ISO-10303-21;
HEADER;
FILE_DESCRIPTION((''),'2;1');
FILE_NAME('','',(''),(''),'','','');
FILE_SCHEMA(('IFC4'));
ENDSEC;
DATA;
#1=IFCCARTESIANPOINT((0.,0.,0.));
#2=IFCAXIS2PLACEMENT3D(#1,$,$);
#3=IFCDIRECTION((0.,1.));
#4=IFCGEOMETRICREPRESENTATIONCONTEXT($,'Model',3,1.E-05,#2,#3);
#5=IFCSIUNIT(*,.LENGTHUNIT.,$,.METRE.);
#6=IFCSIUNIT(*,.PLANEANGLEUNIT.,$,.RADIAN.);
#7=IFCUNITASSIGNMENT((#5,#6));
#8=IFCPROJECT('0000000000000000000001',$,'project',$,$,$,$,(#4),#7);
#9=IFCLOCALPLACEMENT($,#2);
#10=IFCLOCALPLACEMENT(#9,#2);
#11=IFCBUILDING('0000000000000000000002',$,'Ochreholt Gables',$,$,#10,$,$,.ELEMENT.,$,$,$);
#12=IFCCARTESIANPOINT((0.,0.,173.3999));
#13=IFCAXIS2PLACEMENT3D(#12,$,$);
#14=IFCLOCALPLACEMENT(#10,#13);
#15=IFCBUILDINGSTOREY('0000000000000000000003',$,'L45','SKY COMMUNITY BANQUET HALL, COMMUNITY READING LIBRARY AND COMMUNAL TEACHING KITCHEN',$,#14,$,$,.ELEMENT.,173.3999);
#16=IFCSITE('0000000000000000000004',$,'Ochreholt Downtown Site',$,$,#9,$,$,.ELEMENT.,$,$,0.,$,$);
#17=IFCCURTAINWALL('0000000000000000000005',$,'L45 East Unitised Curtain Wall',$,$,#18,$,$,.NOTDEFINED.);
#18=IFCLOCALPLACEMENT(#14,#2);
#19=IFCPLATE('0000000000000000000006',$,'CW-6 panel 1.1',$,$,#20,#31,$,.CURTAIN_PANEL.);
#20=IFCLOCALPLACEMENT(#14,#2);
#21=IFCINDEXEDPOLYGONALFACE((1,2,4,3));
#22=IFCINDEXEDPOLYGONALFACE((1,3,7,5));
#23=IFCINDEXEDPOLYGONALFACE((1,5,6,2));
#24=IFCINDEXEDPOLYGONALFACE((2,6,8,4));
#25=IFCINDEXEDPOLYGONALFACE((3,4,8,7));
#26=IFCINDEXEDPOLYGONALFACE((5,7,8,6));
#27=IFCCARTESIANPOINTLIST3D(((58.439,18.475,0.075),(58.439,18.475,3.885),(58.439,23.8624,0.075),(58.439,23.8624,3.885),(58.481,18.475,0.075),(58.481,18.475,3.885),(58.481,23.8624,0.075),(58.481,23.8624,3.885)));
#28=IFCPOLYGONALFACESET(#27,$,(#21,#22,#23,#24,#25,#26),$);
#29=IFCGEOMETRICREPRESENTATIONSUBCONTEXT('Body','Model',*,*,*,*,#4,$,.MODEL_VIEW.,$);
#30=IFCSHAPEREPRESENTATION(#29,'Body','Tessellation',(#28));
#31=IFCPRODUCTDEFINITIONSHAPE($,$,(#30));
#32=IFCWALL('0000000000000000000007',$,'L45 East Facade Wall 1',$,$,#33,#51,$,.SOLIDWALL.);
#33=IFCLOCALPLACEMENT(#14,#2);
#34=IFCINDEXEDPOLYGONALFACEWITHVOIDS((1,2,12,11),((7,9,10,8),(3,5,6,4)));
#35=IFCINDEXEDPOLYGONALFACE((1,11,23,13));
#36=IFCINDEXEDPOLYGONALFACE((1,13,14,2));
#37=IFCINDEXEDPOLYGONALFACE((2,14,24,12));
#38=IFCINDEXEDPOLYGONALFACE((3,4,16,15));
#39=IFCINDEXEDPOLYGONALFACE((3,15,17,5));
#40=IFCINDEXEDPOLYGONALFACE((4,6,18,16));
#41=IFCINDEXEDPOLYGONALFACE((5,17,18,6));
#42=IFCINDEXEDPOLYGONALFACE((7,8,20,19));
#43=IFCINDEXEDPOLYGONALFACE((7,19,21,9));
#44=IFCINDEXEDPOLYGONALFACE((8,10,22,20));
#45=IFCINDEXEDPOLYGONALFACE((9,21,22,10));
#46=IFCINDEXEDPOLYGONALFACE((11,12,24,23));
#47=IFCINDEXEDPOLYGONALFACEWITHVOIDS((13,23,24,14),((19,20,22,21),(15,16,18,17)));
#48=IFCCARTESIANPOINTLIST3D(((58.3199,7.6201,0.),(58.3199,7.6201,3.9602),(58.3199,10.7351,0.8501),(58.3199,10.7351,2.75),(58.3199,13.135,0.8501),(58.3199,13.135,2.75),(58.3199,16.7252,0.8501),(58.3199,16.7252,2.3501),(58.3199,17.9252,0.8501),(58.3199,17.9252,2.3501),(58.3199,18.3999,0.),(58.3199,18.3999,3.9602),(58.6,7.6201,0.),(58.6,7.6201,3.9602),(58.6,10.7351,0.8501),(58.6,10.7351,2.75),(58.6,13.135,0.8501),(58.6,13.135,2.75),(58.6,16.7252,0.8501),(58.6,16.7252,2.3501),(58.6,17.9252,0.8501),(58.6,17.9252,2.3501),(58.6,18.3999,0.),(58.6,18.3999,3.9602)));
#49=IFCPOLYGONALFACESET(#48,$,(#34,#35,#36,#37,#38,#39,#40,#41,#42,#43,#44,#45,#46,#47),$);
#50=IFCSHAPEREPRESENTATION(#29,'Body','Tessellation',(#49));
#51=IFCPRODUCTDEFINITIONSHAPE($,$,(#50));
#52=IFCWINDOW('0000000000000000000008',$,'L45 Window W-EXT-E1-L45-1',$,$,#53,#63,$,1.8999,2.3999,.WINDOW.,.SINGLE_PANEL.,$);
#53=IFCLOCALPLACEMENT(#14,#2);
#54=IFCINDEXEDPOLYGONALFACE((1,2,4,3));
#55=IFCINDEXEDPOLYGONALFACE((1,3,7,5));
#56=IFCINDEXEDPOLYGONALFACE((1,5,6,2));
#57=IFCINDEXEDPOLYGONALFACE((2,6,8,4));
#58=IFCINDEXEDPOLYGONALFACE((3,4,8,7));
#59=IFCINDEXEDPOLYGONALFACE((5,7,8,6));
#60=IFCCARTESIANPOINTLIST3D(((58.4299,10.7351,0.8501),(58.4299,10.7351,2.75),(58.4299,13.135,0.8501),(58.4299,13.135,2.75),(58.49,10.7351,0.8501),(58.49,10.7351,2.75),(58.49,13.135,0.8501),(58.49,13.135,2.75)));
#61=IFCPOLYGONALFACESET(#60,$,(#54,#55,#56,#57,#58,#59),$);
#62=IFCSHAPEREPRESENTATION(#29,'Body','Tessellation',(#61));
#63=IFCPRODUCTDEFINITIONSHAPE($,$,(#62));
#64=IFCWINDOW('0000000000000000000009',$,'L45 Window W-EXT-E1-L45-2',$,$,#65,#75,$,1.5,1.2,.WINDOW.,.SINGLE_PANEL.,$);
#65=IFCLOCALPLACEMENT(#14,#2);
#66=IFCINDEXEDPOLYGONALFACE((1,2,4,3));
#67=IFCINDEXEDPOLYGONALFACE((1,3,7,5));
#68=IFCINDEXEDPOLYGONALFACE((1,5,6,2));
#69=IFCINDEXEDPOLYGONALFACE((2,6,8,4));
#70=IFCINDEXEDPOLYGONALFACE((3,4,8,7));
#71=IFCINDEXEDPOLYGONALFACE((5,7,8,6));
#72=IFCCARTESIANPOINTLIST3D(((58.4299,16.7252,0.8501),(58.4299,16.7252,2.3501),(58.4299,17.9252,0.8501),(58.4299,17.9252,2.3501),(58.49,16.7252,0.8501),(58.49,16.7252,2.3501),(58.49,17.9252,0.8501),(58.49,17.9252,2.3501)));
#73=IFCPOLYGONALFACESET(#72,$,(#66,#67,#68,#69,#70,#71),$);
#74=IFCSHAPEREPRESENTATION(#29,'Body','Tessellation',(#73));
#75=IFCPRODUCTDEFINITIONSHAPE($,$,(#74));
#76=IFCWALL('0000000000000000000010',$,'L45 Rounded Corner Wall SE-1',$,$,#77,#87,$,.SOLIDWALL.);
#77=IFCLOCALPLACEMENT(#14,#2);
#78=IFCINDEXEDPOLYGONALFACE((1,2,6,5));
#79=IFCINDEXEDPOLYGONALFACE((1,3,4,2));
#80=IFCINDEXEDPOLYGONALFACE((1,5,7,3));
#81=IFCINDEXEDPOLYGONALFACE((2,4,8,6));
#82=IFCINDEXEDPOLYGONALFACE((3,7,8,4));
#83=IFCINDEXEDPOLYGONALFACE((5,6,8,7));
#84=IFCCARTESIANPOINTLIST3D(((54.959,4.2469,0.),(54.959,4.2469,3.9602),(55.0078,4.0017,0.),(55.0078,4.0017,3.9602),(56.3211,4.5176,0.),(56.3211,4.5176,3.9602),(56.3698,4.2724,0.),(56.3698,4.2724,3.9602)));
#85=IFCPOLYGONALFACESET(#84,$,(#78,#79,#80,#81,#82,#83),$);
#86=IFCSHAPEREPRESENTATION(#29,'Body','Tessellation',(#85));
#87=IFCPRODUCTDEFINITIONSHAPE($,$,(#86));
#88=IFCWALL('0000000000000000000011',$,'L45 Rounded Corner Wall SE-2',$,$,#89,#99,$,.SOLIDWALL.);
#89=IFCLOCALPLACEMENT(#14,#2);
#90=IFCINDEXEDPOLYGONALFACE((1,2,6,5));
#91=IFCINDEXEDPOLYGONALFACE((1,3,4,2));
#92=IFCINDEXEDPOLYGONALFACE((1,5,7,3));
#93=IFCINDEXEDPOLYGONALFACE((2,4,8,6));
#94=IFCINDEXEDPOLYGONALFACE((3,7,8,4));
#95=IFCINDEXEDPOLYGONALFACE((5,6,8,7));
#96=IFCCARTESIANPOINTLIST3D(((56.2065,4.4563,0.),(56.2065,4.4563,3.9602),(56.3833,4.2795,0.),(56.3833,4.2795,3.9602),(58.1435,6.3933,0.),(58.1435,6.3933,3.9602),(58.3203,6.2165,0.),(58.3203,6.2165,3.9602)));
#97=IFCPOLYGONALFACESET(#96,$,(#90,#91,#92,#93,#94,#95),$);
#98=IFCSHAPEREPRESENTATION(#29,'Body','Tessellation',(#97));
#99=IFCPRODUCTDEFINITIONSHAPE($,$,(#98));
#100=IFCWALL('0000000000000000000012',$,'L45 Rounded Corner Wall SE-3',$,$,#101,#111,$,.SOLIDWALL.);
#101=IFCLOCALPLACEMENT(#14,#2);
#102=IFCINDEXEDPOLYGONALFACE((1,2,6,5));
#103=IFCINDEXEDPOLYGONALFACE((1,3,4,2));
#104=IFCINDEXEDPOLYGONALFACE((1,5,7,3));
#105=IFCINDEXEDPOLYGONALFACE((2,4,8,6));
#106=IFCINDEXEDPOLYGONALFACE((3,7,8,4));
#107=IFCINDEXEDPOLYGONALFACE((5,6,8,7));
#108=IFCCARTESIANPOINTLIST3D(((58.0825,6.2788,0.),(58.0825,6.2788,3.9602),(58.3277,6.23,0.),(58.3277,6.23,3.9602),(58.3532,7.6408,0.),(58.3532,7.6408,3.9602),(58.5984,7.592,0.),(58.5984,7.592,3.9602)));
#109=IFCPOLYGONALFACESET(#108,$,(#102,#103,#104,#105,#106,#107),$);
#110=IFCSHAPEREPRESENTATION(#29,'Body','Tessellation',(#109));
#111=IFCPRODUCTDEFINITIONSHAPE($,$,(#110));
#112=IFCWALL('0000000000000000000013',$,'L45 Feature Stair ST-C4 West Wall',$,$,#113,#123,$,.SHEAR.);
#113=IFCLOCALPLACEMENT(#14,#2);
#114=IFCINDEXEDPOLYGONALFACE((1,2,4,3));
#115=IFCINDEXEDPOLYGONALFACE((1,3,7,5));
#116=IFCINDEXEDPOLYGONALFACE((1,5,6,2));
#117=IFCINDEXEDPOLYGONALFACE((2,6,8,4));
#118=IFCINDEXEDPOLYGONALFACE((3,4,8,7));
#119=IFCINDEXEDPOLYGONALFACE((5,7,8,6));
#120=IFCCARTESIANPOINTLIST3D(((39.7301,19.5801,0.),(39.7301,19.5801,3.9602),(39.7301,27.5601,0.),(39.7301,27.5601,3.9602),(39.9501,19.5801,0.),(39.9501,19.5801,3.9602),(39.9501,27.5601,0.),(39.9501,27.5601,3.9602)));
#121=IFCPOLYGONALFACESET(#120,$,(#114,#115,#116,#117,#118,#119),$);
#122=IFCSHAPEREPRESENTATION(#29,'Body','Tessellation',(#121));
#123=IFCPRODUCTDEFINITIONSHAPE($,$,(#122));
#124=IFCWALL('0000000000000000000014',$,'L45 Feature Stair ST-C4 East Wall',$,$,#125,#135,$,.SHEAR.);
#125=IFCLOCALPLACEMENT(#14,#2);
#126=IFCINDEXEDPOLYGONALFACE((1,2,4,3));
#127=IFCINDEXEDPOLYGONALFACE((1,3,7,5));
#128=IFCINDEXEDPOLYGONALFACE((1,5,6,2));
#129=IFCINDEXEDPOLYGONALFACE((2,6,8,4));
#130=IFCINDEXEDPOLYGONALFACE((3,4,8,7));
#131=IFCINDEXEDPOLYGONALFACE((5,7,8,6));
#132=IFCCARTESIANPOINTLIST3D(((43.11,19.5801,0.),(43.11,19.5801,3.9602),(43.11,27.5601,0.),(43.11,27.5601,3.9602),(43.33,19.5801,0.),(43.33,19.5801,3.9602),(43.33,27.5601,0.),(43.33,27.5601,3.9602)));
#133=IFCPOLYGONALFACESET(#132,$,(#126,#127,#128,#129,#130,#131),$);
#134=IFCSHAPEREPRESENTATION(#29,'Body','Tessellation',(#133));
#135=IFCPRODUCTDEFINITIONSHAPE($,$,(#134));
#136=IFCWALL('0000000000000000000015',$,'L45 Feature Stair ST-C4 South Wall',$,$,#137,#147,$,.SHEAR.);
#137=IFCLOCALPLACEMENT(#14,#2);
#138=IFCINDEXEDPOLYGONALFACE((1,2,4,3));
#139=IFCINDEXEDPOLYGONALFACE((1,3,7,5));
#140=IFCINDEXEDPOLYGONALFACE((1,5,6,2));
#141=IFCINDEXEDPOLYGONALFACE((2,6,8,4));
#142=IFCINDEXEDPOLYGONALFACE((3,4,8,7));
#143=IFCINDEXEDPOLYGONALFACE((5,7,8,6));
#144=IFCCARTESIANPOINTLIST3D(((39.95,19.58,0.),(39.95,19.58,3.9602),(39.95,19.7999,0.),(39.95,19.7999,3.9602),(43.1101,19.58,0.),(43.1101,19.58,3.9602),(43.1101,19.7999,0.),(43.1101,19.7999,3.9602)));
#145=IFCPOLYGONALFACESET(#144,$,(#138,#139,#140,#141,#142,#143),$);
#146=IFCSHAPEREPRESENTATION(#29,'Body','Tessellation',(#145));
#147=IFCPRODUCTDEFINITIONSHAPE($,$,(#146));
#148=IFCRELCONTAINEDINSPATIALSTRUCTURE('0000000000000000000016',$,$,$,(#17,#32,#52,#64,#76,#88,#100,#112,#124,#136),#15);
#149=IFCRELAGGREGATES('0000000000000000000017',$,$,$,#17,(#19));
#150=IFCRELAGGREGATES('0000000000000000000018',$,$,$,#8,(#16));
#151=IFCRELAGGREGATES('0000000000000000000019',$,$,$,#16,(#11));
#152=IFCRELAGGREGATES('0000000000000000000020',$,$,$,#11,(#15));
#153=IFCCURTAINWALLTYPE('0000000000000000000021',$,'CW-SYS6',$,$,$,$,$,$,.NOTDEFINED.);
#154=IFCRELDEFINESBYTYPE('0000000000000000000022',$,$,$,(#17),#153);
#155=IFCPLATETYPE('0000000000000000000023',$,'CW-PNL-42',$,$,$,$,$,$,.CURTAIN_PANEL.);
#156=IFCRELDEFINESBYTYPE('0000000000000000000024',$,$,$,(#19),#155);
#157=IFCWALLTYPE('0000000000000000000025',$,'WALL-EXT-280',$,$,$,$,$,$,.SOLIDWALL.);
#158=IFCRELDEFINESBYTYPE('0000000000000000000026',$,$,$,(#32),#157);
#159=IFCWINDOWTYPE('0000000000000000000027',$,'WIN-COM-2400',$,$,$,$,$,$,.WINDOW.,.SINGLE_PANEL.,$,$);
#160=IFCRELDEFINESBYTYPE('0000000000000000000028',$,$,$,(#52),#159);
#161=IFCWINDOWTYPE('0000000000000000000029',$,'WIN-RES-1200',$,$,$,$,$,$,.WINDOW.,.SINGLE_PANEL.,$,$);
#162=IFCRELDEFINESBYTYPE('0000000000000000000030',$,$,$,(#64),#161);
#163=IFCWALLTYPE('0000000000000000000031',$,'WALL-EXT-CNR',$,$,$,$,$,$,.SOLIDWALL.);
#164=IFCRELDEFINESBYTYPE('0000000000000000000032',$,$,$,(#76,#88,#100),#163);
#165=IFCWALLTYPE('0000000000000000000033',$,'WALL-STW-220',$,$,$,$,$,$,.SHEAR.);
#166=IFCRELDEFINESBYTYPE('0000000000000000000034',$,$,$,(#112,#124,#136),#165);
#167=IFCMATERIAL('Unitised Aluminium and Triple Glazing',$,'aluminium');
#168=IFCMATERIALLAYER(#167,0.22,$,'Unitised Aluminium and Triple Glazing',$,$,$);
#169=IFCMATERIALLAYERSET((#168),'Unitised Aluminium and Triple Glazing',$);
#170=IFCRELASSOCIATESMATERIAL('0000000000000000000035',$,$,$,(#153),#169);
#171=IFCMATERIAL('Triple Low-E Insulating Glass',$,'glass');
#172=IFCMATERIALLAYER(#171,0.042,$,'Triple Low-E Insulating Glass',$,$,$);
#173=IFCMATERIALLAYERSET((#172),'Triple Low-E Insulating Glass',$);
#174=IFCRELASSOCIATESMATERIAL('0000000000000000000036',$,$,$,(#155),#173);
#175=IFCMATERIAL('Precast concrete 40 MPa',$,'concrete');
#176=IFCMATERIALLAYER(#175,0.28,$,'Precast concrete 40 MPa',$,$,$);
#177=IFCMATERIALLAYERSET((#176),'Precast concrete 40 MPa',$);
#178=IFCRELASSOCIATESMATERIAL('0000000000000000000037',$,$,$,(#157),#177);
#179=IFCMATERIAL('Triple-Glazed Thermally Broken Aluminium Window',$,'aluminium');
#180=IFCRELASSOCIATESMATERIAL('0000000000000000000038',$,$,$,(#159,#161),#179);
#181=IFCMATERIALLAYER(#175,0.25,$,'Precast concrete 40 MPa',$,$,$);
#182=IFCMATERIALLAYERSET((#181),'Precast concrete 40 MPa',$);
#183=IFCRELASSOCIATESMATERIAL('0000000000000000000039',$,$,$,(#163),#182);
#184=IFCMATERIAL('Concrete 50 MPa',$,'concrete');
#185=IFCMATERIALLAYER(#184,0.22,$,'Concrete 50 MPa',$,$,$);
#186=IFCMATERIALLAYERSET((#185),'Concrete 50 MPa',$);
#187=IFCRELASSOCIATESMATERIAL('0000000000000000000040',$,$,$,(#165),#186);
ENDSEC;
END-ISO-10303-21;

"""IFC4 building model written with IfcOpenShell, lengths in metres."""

from ifc_helpers import new_model, si_unit, direction, frame, frame_2d, origin, origin_2d, place, context, subcontext, project, spatial, rectangle, extrude, material, layer, layer_set, type_object, element, fill, aggregate, save


model = new_model("IFC4")

# Units and contexts
model_context = context("Model", 3, precision=1e-05, world=origin(), true_north=direction((0.0, 1.0)))
body_context = subcontext(model_context, "Body", "Model", "MODEL_VIEW")
ifc_project = project(units=[si_unit("LENGTHUNIT", "METRE"), si_unit("PLANEANGLEUNIT", "RADIAN")], contexts=[model_context])

# Site, building, storey
site_placement = place(None, origin())
site = spatial("IfcSite", under=ifc_project, at=site_placement, Name="Ochreholt Downtown Site", CompositionType="ELEMENT", RefElevation=0.0)
building_placement = place(site_placement, origin())
building = spatial("IfcBuilding", under=site, at=building_placement, Name="Ochreholt Gables", CompositionType="ELEMENT")
storey_placement = place(building_placement, frame((0.0, 0.0, 173.3999)))
storey = spatial("IfcBuildingStorey", under=building, at=storey_placement, Name="L45", Description="SKY COMMUNITY BANQUET HALL, COMMUNITY READING LIBRARY AND COMMUNAL TEACHING KITCHEN", CompositionType="ELEMENT", Elevation=173.3999)

# Curtain wall, plate
ifc_material_1 = material(Name="Unitised Aluminium and Triple Glazing", Category="aluminium")
ifc_layer_1 = layer(ifc_material_1, 0.22, Name="Unitised Aluminium and Triple Glazing")
ifc_layer_set_1 = layer_set([ifc_layer_1], Name="Unitised Aluminium and Triple Glazing")
curtain_wall_type = type_object("IfcCurtainWallType", Name="CW-SYS6", PredefinedType="NOTDEFINED", material=ifc_layer_set_1)
curtain_wall_placement = place(storey_placement, origin())
curtain_wall = element("IfcCurtainWall", 1, at=curtain_wall_placement, inside=storey, type_object=curtain_wall_type, Name="L45 East Unitised Curtain Wall", PredefinedType="NOTDEFINED")
ifc_material_2 = material(Name="Triple Low-E Insulating Glass", Category="glass")
ifc_layer_2 = layer(ifc_material_2, 0.042, Name="Triple Low-E Insulating Glass")
ifc_layer_set_2 = layer_set([ifc_layer_2], Name="Triple Low-E Insulating Glass")
plate_type = type_object("IfcPlateType", Name="CW-PNL-42", PredefinedType="CURTAIN_PANEL", material=ifc_layer_set_2)
plate_placement = place(storey_placement, frame((58.46, 21.1687, 0.075), z_axis=(0.0, 0.0, 1.0), x_axis=(0.0, 1.0, 0.0)))
plate = element("IfcPlate", 2, at=plate_placement, type_object=plate_type, Name="CW-6 panel 1.1", PredefinedType="CURTAIN_PANEL", context=body_context, shape_type="SweptSolid", body=[
    extrude(rectangle(XDim=5.3875, YDim=0.042, at=origin_2d()), origin(), (0.0, 0.0, 1.0), 3.8101),
])
aggregate(curtain_wall, [plate])

# Wall, openings, windows
ifc_material_3 = material(Name="Precast concrete 40 MPa", Category="concrete")
ifc_layer_3 = layer(ifc_material_3, 0.28, Name="Precast concrete 40 MPa")
ifc_layer_set_3 = layer_set([ifc_layer_3], Name="Precast concrete 40 MPa")
wall_type_1 = type_object("IfcWallType", Name="WALL-EXT-280", PredefinedType="SOLIDWALL", material=ifc_layer_set_3)
wall_1_placement = place(storey_placement, frame((58.46, 7.6201, 0.0), z_axis=(0.0, 0.0, 1.0), x_axis=(0.0, 1.0, 0.0)))
wall_1 = element("IfcWall", 3, at=wall_1_placement, inside=storey, type_object=wall_type_1, Name="L45 East Facade Wall 1", PredefinedType="SOLIDWALL", context=body_context, shape_type="SweptSolid", body=[
    extrude(rectangle(XDim=10.7798, YDim=0.28, at=frame_2d((5.3899, 0.0))), origin(), (0.0, 0.0, 1.0), 3.9602),
])
opening_1_placement = place(wall_1_placement, frame((3.115, 0.0, 0.8501)))
opening_1 = element("IfcOpeningElement", 4, at=opening_1_placement, cuts=wall_1, PredefinedType="OPENING", context=body_context, shape_type="SweptSolid", body=[
    extrude(rectangle(XDim=2.3999, YDim=1.8999, at=frame_2d((1.2, 0.95))), frame((0.0, 0.1499, 0.0), z_axis=(0.0, -1.0, 0.0), x_axis=(1.0, 0.0, 0.0)), (0.0, 0.0, 1.0), 0.3),
])
opening_2_placement = place(wall_1_placement, frame((9.105, 0.0, 0.8501)))
opening_2 = element("IfcOpeningElement", 5, at=opening_2_placement, cuts=wall_1, PredefinedType="OPENING", context=body_context, shape_type="SweptSolid", body=[
    extrude(rectangle(XDim=1.2, YDim=1.5, at=frame_2d((0.6001, 0.75))), frame((0.0, 0.1499, 0.0), z_axis=(0.0, -1.0, 0.0), x_axis=(1.0, 0.0, 0.0)), (0.0, 0.0, 1.0), 0.3),
])
ifc_material_4 = material(Name="Triple-Glazed Thermally Broken Aluminium Window", Category="aluminium")
window_type_1 = type_object("IfcWindowType", Name="WIN-COM-2400", PartitioningType="SINGLE_PANEL", PredefinedType="WINDOW", material=ifc_material_4)
window_1_placement = place(opening_1_placement, origin())
window_1 = element("IfcWindow", 6, at=window_1_placement, inside=storey, type_object=window_type_1, Name="L45 Window W-EXT-E1-L45-1", OverallHeight=1.8999, OverallWidth=2.3999, PartitioningType="SINGLE_PANEL", PredefinedType="WINDOW", context=body_context, shape_type="SweptSolid", body=[
    extrude(rectangle(XDim=2.3999, YDim=1.8999, at=frame_2d((1.2, 0.95))), frame((0.0, 0.03, 0.0), z_axis=(0.0, -1.0, 0.0), x_axis=(1.0, 0.0, 0.0)), (0.0, 0.0, 1.0), 0.0601),
])
fill(opening_1, window_1)
window_type_2 = type_object("IfcWindowType", Name="WIN-RES-1200", PartitioningType="SINGLE_PANEL", PredefinedType="WINDOW", material=ifc_material_4)
window_2_placement = place(opening_2_placement, origin())
window_2 = element("IfcWindow", 7, at=window_2_placement, inside=storey, type_object=window_type_2, Name="L45 Window W-EXT-E1-L45-2", OverallHeight=1.5, OverallWidth=1.2, PartitioningType="SINGLE_PANEL", PredefinedType="WINDOW", context=body_context, shape_type="SweptSolid", body=[
    extrude(rectangle(XDim=1.2, YDim=1.5, at=frame_2d((0.6001, 0.75))), frame((0.0, 0.03, 0.0), z_axis=(0.0, -1.0, 0.0), x_axis=(1.0, 0.0, 0.0)), (0.0, 0.0, 1.0), 0.0601),
])
fill(opening_2, window_2)

# Walls
ifc_layer_4 = layer(ifc_material_3, 0.25, Name="Precast concrete 40 MPa")
ifc_layer_set_4 = layer_set([ifc_layer_4], Name="Precast concrete 40 MPa")
wall_type_2 = type_object("IfcWallType", Name="WALL-EXT-CNR", PredefinedType="SOLIDWALL", material=ifc_layer_set_4)
wall_2_placement = place(storey_placement, frame((54.9834, 4.1243, 0.0), z_axis=(0.0, 0.0, 1.0), x_axis=(0.98081, 0.194967, 0.0)))
element("IfcWall", 8, at=wall_2_placement, inside=storey, type_object=wall_type_2, Name="L45 Rounded Corner Wall SE-1", PredefinedType="SOLIDWALL", context=body_context, shape_type="SweptSolid", body=[
    extrude(rectangle(XDim=1.3887, YDim=0.25, at=frame_2d((0.6943, 0.0))), origin(), (0.0, 0.0, 1.0), 3.9602),
])
wall_3_placement = place(storey_placement, frame((56.2949, 4.3679, 0.0), z_axis=(0.0, 0.0, 1.0), x_axis=(0.707107, 0.707107, 0.0)))
element("IfcWall", 9, at=wall_3_placement, inside=storey, type_object=wall_type_2, Name="L45 Rounded Corner Wall SE-2", PredefinedType="SOLIDWALL", context=body_context, shape_type="SweptSolid", body=[
    extrude(rectangle(XDim=2.7393, YDim=0.25, at=frame_2d((1.3696, 0.0))), origin(), (0.0, 0.0, 1.0), 3.9602),
])
wall_4_placement = place(storey_placement, frame((58.2051, 6.2544, 0.0), z_axis=(0.0, 0.0, 1.0), x_axis=(0.194967, 0.98081, 0.0)))
element("IfcWall", 10, at=wall_4_placement, inside=storey, type_object=wall_type_2, Name="L45 Rounded Corner Wall SE-3", PredefinedType="SOLIDWALL", context=body_context, shape_type="SweptSolid", body=[
    extrude(rectangle(XDim=1.3887, YDim=0.25, at=frame_2d((0.6943, 0.0))), origin(), (0.0, 0.0, 1.0), 3.9602),
])
ifc_material_5 = material(Name="Concrete 50 MPa", Category="concrete")
ifc_layer_5 = layer(ifc_material_5, 0.22, Name="Concrete 50 MPa")
ifc_layer_set_5 = layer_set([ifc_layer_5], Name="Concrete 50 MPa")
wall_type_3 = type_object("IfcWallType", Name="WALL-STW-220", PredefinedType="SHEAR", material=ifc_layer_set_5)
for number, where, z_axis, x_axis, name in (
    (11, (39.8401, 19.5801, 0.0), (0.0, 0.0, 1.0), (0.0, 1.0, 0.0), "L45 Feature Stair ST-C4 West Wall"),
    (12, (43.22, 19.5801, 0.0), (0.0, 0.0, 1.0), (0.0, 1.0, 0.0), "L45 Feature Stair ST-C4 East Wall"),
):
    element("IfcWall", number, at=place(storey_placement, frame(where, z_axis=z_axis, x_axis=x_axis)), inside=storey, type_object=wall_type_3, Name=name, PredefinedType="SHEAR", context=body_context, shape_type="SweptSolid", body=[
        extrude(rectangle(XDim=7.98, YDim=0.22, at=frame_2d((3.99, 0.0))), origin(), (0.0, 0.0, 1.0), 3.9602),
    ])
wall_5_placement = place(storey_placement, frame((39.95, 19.6899, 0.0), z_axis=(0.0, 0.0, 1.0), x_axis=(1.0, 0.0, 0.0)))
element("IfcWall", 13, at=wall_5_placement, inside=storey, type_object=wall_type_3, Name="L45 Feature Stair ST-C4 South Wall", PredefinedType="SHEAR", context=body_context, shape_type="SweptSolid", body=[
    extrude(rectangle(XDim=3.1602, YDim=0.22, at=frame_2d((1.5801, 0.0))), origin(), (0.0, 0.0, 1.0), 3.9602),
])

save(model, "model.ifc")
